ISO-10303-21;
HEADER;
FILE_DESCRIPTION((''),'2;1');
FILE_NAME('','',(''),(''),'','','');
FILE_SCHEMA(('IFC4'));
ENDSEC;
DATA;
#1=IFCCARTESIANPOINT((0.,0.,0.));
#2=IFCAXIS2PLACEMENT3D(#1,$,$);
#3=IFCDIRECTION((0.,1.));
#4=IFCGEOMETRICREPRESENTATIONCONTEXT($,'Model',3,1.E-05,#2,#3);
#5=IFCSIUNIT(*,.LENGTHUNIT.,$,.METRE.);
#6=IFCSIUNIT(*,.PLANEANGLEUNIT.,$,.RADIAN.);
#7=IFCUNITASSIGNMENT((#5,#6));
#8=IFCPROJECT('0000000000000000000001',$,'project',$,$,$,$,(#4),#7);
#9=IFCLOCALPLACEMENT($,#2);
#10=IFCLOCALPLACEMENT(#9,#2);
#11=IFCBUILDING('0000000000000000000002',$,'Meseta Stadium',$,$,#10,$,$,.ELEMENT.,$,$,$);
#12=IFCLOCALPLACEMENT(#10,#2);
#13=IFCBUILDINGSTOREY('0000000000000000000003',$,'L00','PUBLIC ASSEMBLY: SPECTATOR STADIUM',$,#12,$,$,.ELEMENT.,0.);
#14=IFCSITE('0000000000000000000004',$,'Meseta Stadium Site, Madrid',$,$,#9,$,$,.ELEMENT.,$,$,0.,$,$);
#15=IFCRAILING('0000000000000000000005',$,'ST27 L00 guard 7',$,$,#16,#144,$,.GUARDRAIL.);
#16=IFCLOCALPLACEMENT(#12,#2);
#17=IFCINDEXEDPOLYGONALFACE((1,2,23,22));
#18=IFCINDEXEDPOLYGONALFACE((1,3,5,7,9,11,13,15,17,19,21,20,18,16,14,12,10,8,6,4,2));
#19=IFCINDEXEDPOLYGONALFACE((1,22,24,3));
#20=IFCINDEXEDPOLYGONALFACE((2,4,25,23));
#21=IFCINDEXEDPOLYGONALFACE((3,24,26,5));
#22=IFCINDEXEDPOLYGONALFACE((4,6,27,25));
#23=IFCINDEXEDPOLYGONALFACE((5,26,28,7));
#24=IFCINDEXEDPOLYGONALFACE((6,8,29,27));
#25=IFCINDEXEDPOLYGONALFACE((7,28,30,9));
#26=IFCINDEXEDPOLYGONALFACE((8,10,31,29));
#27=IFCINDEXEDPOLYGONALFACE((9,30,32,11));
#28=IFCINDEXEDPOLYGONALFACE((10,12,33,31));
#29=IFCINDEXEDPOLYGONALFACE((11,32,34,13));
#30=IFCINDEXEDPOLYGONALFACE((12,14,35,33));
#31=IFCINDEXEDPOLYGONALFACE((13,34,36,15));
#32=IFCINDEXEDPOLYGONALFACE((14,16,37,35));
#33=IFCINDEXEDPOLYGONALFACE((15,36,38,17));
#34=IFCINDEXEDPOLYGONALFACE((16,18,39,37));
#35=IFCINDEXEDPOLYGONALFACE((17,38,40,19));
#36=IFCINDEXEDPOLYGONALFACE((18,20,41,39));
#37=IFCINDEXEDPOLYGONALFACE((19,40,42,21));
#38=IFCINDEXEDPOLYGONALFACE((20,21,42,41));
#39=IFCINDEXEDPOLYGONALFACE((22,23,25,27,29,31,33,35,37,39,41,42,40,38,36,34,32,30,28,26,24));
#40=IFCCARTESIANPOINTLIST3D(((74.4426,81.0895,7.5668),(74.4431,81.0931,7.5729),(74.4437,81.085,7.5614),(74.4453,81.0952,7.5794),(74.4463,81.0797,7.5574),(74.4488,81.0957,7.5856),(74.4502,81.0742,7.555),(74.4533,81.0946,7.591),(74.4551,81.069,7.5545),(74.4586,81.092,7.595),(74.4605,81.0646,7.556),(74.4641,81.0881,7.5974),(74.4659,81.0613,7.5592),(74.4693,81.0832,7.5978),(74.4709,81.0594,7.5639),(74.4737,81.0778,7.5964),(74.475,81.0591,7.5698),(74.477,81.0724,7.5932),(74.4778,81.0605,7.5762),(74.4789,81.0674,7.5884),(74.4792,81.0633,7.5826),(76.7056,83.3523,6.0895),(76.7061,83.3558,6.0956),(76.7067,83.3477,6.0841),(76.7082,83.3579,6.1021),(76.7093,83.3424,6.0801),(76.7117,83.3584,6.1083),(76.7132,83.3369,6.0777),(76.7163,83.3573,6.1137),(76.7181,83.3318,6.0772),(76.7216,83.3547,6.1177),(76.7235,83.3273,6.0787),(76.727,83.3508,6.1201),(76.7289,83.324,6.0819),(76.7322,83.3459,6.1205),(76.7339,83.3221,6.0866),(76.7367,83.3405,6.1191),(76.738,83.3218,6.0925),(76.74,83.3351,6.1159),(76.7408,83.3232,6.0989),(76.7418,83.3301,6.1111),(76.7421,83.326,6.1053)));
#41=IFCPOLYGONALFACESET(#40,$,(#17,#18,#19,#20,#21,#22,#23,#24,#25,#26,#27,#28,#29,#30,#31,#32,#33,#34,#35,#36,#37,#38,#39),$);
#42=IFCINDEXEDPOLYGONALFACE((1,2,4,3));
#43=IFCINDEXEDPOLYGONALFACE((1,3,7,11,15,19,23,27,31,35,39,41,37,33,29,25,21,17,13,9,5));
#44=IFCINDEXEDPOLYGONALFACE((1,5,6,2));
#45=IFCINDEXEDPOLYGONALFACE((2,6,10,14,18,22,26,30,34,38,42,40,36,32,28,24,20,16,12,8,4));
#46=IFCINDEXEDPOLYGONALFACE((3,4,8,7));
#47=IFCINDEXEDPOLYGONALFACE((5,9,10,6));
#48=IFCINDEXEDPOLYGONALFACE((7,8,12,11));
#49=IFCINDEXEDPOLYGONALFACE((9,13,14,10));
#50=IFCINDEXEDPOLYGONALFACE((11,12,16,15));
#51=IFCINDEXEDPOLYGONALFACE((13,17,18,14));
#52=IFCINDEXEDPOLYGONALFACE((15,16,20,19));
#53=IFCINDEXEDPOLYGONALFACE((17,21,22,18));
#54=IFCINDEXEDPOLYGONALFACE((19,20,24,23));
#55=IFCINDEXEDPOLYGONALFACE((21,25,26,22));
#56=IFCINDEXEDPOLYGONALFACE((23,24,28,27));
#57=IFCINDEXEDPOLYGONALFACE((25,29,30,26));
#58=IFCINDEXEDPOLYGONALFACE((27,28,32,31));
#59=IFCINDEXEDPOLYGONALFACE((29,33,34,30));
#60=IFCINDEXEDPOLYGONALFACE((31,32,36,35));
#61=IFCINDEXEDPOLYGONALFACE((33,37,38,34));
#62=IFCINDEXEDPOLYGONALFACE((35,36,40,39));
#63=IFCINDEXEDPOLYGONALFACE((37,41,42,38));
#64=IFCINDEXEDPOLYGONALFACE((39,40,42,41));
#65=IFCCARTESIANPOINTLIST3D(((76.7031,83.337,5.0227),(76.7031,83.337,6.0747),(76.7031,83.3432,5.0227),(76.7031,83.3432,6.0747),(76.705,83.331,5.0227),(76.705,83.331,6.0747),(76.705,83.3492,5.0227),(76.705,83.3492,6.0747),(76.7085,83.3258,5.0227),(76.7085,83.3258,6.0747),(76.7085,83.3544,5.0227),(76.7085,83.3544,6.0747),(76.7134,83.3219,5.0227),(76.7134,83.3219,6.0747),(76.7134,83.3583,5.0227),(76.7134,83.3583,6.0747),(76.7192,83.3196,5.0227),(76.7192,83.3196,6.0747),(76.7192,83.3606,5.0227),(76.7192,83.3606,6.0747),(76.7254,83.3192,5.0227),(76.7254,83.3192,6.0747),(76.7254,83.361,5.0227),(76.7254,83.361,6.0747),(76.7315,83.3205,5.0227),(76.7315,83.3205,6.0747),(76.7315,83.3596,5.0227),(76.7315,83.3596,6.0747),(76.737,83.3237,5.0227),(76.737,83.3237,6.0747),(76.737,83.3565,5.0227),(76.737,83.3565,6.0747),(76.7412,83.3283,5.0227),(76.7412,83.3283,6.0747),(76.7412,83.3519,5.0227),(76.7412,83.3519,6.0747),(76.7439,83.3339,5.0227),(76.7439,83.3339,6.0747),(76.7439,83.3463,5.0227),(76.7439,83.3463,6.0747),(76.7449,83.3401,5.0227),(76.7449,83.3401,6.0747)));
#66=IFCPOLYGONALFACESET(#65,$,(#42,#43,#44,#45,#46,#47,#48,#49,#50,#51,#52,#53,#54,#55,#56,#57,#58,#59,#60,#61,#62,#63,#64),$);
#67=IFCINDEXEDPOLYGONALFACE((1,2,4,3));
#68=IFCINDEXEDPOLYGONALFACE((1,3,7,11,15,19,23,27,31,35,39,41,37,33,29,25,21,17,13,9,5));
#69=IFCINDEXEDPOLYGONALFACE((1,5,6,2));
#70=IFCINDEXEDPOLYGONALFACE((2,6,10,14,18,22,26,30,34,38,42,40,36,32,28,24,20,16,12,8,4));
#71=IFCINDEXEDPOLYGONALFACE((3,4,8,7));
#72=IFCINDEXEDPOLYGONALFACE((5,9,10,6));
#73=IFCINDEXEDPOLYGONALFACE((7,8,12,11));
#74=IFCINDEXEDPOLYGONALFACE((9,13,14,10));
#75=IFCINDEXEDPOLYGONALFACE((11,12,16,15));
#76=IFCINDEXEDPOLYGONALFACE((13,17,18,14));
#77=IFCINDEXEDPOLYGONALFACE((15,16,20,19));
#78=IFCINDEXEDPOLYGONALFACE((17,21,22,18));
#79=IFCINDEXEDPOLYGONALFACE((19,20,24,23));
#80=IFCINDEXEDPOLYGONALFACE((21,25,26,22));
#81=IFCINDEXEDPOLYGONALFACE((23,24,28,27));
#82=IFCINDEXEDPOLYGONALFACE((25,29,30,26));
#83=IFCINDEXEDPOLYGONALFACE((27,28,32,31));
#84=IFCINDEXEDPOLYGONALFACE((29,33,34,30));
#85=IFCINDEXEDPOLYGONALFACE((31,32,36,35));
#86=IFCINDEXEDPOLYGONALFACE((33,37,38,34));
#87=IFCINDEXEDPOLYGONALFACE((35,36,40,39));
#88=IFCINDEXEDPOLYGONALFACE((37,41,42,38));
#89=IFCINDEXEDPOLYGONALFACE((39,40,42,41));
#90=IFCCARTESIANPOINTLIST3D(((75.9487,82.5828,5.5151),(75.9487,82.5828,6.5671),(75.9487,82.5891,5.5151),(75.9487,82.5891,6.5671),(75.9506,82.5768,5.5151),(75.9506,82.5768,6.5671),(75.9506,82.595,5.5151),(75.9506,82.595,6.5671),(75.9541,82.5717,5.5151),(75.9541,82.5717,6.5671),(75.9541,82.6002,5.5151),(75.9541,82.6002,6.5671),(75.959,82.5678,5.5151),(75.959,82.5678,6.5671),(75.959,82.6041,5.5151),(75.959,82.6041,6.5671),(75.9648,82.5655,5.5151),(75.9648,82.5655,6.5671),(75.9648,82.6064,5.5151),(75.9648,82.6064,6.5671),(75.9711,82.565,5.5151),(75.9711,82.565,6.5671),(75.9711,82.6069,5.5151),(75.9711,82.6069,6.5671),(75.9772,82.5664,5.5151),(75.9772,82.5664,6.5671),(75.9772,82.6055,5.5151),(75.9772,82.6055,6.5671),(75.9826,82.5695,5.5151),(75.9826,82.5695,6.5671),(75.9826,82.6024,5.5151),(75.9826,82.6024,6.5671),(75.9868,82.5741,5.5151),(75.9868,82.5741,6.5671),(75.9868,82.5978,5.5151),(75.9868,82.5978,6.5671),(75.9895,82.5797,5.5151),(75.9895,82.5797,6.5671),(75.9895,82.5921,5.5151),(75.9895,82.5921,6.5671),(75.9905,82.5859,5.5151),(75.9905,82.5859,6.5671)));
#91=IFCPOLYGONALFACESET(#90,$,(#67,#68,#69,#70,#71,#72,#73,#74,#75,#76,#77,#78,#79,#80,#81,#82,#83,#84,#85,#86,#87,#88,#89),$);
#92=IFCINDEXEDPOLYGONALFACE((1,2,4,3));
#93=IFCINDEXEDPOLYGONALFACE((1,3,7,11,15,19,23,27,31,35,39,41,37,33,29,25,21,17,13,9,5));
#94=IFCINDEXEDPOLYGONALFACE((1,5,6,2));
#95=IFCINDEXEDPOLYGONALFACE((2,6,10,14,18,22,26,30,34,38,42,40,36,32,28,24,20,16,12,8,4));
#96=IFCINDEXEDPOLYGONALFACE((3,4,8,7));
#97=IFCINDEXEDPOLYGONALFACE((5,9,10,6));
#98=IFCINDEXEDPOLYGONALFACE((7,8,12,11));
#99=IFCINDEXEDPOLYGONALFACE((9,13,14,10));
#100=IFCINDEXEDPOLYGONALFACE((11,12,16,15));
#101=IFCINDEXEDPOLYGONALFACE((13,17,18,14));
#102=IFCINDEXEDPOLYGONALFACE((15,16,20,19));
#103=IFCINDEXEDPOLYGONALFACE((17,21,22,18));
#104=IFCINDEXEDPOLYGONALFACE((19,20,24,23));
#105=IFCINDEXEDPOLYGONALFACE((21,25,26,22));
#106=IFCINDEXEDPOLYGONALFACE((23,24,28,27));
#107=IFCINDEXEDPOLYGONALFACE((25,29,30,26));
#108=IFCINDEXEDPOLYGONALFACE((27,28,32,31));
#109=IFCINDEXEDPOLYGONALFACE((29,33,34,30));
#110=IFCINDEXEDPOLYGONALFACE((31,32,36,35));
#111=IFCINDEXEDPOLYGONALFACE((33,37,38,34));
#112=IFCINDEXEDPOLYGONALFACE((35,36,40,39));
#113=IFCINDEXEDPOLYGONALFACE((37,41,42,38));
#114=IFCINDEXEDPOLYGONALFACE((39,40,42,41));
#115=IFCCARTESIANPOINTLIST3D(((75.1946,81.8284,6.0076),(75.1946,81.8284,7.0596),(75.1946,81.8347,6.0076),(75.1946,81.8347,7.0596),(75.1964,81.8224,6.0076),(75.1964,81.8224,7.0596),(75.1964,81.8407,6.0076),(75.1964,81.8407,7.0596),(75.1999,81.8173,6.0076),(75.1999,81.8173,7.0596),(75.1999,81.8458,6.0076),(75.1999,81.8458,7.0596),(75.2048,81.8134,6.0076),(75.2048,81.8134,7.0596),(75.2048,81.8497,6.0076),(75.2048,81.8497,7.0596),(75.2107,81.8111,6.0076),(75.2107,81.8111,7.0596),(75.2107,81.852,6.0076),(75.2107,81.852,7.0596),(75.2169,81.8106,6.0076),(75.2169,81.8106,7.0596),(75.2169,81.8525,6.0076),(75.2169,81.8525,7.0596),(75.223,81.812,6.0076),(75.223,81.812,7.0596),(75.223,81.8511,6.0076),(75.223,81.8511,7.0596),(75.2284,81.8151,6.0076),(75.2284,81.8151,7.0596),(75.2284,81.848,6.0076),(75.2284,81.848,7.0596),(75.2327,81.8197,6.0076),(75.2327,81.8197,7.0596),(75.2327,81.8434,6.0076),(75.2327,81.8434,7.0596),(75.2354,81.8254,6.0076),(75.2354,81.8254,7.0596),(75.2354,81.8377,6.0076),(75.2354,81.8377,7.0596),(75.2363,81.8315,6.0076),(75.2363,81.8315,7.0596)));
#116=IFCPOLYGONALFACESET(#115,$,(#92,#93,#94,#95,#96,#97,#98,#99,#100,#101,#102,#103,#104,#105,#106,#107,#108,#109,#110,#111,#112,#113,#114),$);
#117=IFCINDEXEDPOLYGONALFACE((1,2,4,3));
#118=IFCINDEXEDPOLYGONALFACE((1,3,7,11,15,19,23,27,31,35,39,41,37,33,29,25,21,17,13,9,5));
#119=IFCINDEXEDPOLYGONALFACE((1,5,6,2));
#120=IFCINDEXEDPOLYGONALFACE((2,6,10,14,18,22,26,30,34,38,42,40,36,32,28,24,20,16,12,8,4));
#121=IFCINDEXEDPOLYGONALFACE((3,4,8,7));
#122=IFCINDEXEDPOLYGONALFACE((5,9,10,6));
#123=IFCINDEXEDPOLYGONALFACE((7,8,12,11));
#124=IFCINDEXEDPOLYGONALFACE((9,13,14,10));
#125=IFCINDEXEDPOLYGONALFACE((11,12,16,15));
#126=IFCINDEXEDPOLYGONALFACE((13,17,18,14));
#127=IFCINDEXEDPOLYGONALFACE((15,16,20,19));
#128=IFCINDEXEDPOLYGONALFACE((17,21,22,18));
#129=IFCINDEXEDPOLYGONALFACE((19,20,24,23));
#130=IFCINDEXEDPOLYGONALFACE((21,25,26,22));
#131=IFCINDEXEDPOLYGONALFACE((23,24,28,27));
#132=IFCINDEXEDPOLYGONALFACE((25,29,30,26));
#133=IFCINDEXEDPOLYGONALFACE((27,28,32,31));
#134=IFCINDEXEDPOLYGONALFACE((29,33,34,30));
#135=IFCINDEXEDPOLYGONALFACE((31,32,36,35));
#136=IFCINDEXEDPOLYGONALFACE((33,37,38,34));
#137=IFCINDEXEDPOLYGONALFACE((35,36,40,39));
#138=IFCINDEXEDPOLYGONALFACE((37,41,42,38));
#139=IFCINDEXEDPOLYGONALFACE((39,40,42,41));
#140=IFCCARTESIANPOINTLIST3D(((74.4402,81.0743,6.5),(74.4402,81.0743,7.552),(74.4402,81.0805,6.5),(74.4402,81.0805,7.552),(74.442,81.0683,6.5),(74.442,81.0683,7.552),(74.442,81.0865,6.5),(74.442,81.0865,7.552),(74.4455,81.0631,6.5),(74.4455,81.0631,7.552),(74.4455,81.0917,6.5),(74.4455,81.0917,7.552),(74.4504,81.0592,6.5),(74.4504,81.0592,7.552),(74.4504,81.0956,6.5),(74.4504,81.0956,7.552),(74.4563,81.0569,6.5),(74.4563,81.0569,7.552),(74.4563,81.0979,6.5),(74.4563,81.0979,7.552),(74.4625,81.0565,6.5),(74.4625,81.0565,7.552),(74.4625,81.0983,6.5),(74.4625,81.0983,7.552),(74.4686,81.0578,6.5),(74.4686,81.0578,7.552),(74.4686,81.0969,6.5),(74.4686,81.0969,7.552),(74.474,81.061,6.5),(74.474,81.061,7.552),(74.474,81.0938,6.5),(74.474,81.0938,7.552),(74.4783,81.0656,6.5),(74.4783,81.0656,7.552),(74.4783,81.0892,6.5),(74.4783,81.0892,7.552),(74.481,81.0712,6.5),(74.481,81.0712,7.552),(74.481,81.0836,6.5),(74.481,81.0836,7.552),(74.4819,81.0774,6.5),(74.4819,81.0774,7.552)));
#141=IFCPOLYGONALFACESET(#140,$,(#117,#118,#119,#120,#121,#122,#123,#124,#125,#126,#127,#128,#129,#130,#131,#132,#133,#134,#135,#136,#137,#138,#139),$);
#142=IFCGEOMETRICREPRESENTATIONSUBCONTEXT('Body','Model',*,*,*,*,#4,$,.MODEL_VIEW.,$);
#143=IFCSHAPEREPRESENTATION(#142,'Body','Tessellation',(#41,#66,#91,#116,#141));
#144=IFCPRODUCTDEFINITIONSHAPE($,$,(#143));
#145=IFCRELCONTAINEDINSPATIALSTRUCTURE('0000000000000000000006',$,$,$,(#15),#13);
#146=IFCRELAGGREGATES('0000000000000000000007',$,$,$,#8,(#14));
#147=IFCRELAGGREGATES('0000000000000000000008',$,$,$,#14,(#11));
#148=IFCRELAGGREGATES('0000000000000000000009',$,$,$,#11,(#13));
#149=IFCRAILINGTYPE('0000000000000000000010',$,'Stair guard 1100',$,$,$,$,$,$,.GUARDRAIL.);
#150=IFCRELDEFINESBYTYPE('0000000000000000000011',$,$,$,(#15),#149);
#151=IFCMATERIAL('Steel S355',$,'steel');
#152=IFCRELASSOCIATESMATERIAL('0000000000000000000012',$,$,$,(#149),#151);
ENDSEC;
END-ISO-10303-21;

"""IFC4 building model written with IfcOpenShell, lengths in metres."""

from ifc_helpers import new_model, si_unit, direction, frame, origin, origin_2d, place, context, subcontext, project, spatial, circle, extrude, material, type_object, element, save


model = new_model("IFC4")

# Units and contexts
model_context = context("Model", 3, precision=1e-05, world=origin(), true_north=direction((0.0, 1.0)))
body_context = subcontext(model_context, "Body", "Model", "MODEL_VIEW")
ifc_project = project(units=[si_unit("LENGTHUNIT", "METRE"), si_unit("PLANEANGLEUNIT", "RADIAN")], contexts=[model_context])

# Site, building, storey
site_placement = place(None, origin())
site = spatial("IfcSite", under=ifc_project, at=site_placement, Name="Meseta Stadium Site, Madrid", CompositionType="ELEMENT", RefElevation=0.0)
building_placement = place(site_placement, origin())
building = spatial("IfcBuilding", under=site, at=building_placement, Name="Meseta Stadium", CompositionType="ELEMENT")
storey_placement = place(building_placement, origin())
storey = spatial("IfcBuildingStorey", under=building, at=storey_placement, Name="L00", Description="PUBLIC ASSEMBLY: SPECTATOR STADIUM", CompositionType="ELEMENT", Elevation=0.0)

# Railing
ifc_material_1 = material(Name="Steel S355", Category="steel")
railing_type_1 = type_object("IfcRailingType", Name="Stair guard 1100", PredefinedType="GUARDRAIL", material=ifc_material_1)
railing_1_placement = place(storey_placement, frame((76.7239, 83.3401, 5.0227)))
element("IfcRailing", 1, at=railing_1_placement, inside=storey, type_object=railing_type_1, Name="ST27 L00 guard 7", PredefinedType="GUARDRAIL", context=body_context, shape_type="SweptSolid", body=[
    extrude(circle(Radius=0.0239, at=origin_2d()), frame((0.0, 0.0, 1.0762), z_axis=(-0.642034, -0.641965, 0.419134), x_axis=(0.707069, -0.707145, 0.0)), (0.0, 0.0, 1.0), 3.5247),
    extrude(circle(Radius=0.021, at=origin_2d()), origin(), (0.0, 0.0, 1.0), 1.052),
    extrude(circle(Radius=0.021, at=origin_2d()), frame((-0.7544, -0.7542, 0.4924)), (0.0, 0.0, 1.0), 1.052),
    extrude(circle(Radius=0.021, at=origin_2d()), frame((-1.5085, -1.5085, 0.9849)), (0.0, 0.0, 1.0), 1.052),
    extrude(circle(Radius=0.021, at=origin_2d()), frame((-2.2629, -2.2627, 1.4773)), (0.0, 0.0, 1.0), 1.052),
])

save(model, "model.ifc")
